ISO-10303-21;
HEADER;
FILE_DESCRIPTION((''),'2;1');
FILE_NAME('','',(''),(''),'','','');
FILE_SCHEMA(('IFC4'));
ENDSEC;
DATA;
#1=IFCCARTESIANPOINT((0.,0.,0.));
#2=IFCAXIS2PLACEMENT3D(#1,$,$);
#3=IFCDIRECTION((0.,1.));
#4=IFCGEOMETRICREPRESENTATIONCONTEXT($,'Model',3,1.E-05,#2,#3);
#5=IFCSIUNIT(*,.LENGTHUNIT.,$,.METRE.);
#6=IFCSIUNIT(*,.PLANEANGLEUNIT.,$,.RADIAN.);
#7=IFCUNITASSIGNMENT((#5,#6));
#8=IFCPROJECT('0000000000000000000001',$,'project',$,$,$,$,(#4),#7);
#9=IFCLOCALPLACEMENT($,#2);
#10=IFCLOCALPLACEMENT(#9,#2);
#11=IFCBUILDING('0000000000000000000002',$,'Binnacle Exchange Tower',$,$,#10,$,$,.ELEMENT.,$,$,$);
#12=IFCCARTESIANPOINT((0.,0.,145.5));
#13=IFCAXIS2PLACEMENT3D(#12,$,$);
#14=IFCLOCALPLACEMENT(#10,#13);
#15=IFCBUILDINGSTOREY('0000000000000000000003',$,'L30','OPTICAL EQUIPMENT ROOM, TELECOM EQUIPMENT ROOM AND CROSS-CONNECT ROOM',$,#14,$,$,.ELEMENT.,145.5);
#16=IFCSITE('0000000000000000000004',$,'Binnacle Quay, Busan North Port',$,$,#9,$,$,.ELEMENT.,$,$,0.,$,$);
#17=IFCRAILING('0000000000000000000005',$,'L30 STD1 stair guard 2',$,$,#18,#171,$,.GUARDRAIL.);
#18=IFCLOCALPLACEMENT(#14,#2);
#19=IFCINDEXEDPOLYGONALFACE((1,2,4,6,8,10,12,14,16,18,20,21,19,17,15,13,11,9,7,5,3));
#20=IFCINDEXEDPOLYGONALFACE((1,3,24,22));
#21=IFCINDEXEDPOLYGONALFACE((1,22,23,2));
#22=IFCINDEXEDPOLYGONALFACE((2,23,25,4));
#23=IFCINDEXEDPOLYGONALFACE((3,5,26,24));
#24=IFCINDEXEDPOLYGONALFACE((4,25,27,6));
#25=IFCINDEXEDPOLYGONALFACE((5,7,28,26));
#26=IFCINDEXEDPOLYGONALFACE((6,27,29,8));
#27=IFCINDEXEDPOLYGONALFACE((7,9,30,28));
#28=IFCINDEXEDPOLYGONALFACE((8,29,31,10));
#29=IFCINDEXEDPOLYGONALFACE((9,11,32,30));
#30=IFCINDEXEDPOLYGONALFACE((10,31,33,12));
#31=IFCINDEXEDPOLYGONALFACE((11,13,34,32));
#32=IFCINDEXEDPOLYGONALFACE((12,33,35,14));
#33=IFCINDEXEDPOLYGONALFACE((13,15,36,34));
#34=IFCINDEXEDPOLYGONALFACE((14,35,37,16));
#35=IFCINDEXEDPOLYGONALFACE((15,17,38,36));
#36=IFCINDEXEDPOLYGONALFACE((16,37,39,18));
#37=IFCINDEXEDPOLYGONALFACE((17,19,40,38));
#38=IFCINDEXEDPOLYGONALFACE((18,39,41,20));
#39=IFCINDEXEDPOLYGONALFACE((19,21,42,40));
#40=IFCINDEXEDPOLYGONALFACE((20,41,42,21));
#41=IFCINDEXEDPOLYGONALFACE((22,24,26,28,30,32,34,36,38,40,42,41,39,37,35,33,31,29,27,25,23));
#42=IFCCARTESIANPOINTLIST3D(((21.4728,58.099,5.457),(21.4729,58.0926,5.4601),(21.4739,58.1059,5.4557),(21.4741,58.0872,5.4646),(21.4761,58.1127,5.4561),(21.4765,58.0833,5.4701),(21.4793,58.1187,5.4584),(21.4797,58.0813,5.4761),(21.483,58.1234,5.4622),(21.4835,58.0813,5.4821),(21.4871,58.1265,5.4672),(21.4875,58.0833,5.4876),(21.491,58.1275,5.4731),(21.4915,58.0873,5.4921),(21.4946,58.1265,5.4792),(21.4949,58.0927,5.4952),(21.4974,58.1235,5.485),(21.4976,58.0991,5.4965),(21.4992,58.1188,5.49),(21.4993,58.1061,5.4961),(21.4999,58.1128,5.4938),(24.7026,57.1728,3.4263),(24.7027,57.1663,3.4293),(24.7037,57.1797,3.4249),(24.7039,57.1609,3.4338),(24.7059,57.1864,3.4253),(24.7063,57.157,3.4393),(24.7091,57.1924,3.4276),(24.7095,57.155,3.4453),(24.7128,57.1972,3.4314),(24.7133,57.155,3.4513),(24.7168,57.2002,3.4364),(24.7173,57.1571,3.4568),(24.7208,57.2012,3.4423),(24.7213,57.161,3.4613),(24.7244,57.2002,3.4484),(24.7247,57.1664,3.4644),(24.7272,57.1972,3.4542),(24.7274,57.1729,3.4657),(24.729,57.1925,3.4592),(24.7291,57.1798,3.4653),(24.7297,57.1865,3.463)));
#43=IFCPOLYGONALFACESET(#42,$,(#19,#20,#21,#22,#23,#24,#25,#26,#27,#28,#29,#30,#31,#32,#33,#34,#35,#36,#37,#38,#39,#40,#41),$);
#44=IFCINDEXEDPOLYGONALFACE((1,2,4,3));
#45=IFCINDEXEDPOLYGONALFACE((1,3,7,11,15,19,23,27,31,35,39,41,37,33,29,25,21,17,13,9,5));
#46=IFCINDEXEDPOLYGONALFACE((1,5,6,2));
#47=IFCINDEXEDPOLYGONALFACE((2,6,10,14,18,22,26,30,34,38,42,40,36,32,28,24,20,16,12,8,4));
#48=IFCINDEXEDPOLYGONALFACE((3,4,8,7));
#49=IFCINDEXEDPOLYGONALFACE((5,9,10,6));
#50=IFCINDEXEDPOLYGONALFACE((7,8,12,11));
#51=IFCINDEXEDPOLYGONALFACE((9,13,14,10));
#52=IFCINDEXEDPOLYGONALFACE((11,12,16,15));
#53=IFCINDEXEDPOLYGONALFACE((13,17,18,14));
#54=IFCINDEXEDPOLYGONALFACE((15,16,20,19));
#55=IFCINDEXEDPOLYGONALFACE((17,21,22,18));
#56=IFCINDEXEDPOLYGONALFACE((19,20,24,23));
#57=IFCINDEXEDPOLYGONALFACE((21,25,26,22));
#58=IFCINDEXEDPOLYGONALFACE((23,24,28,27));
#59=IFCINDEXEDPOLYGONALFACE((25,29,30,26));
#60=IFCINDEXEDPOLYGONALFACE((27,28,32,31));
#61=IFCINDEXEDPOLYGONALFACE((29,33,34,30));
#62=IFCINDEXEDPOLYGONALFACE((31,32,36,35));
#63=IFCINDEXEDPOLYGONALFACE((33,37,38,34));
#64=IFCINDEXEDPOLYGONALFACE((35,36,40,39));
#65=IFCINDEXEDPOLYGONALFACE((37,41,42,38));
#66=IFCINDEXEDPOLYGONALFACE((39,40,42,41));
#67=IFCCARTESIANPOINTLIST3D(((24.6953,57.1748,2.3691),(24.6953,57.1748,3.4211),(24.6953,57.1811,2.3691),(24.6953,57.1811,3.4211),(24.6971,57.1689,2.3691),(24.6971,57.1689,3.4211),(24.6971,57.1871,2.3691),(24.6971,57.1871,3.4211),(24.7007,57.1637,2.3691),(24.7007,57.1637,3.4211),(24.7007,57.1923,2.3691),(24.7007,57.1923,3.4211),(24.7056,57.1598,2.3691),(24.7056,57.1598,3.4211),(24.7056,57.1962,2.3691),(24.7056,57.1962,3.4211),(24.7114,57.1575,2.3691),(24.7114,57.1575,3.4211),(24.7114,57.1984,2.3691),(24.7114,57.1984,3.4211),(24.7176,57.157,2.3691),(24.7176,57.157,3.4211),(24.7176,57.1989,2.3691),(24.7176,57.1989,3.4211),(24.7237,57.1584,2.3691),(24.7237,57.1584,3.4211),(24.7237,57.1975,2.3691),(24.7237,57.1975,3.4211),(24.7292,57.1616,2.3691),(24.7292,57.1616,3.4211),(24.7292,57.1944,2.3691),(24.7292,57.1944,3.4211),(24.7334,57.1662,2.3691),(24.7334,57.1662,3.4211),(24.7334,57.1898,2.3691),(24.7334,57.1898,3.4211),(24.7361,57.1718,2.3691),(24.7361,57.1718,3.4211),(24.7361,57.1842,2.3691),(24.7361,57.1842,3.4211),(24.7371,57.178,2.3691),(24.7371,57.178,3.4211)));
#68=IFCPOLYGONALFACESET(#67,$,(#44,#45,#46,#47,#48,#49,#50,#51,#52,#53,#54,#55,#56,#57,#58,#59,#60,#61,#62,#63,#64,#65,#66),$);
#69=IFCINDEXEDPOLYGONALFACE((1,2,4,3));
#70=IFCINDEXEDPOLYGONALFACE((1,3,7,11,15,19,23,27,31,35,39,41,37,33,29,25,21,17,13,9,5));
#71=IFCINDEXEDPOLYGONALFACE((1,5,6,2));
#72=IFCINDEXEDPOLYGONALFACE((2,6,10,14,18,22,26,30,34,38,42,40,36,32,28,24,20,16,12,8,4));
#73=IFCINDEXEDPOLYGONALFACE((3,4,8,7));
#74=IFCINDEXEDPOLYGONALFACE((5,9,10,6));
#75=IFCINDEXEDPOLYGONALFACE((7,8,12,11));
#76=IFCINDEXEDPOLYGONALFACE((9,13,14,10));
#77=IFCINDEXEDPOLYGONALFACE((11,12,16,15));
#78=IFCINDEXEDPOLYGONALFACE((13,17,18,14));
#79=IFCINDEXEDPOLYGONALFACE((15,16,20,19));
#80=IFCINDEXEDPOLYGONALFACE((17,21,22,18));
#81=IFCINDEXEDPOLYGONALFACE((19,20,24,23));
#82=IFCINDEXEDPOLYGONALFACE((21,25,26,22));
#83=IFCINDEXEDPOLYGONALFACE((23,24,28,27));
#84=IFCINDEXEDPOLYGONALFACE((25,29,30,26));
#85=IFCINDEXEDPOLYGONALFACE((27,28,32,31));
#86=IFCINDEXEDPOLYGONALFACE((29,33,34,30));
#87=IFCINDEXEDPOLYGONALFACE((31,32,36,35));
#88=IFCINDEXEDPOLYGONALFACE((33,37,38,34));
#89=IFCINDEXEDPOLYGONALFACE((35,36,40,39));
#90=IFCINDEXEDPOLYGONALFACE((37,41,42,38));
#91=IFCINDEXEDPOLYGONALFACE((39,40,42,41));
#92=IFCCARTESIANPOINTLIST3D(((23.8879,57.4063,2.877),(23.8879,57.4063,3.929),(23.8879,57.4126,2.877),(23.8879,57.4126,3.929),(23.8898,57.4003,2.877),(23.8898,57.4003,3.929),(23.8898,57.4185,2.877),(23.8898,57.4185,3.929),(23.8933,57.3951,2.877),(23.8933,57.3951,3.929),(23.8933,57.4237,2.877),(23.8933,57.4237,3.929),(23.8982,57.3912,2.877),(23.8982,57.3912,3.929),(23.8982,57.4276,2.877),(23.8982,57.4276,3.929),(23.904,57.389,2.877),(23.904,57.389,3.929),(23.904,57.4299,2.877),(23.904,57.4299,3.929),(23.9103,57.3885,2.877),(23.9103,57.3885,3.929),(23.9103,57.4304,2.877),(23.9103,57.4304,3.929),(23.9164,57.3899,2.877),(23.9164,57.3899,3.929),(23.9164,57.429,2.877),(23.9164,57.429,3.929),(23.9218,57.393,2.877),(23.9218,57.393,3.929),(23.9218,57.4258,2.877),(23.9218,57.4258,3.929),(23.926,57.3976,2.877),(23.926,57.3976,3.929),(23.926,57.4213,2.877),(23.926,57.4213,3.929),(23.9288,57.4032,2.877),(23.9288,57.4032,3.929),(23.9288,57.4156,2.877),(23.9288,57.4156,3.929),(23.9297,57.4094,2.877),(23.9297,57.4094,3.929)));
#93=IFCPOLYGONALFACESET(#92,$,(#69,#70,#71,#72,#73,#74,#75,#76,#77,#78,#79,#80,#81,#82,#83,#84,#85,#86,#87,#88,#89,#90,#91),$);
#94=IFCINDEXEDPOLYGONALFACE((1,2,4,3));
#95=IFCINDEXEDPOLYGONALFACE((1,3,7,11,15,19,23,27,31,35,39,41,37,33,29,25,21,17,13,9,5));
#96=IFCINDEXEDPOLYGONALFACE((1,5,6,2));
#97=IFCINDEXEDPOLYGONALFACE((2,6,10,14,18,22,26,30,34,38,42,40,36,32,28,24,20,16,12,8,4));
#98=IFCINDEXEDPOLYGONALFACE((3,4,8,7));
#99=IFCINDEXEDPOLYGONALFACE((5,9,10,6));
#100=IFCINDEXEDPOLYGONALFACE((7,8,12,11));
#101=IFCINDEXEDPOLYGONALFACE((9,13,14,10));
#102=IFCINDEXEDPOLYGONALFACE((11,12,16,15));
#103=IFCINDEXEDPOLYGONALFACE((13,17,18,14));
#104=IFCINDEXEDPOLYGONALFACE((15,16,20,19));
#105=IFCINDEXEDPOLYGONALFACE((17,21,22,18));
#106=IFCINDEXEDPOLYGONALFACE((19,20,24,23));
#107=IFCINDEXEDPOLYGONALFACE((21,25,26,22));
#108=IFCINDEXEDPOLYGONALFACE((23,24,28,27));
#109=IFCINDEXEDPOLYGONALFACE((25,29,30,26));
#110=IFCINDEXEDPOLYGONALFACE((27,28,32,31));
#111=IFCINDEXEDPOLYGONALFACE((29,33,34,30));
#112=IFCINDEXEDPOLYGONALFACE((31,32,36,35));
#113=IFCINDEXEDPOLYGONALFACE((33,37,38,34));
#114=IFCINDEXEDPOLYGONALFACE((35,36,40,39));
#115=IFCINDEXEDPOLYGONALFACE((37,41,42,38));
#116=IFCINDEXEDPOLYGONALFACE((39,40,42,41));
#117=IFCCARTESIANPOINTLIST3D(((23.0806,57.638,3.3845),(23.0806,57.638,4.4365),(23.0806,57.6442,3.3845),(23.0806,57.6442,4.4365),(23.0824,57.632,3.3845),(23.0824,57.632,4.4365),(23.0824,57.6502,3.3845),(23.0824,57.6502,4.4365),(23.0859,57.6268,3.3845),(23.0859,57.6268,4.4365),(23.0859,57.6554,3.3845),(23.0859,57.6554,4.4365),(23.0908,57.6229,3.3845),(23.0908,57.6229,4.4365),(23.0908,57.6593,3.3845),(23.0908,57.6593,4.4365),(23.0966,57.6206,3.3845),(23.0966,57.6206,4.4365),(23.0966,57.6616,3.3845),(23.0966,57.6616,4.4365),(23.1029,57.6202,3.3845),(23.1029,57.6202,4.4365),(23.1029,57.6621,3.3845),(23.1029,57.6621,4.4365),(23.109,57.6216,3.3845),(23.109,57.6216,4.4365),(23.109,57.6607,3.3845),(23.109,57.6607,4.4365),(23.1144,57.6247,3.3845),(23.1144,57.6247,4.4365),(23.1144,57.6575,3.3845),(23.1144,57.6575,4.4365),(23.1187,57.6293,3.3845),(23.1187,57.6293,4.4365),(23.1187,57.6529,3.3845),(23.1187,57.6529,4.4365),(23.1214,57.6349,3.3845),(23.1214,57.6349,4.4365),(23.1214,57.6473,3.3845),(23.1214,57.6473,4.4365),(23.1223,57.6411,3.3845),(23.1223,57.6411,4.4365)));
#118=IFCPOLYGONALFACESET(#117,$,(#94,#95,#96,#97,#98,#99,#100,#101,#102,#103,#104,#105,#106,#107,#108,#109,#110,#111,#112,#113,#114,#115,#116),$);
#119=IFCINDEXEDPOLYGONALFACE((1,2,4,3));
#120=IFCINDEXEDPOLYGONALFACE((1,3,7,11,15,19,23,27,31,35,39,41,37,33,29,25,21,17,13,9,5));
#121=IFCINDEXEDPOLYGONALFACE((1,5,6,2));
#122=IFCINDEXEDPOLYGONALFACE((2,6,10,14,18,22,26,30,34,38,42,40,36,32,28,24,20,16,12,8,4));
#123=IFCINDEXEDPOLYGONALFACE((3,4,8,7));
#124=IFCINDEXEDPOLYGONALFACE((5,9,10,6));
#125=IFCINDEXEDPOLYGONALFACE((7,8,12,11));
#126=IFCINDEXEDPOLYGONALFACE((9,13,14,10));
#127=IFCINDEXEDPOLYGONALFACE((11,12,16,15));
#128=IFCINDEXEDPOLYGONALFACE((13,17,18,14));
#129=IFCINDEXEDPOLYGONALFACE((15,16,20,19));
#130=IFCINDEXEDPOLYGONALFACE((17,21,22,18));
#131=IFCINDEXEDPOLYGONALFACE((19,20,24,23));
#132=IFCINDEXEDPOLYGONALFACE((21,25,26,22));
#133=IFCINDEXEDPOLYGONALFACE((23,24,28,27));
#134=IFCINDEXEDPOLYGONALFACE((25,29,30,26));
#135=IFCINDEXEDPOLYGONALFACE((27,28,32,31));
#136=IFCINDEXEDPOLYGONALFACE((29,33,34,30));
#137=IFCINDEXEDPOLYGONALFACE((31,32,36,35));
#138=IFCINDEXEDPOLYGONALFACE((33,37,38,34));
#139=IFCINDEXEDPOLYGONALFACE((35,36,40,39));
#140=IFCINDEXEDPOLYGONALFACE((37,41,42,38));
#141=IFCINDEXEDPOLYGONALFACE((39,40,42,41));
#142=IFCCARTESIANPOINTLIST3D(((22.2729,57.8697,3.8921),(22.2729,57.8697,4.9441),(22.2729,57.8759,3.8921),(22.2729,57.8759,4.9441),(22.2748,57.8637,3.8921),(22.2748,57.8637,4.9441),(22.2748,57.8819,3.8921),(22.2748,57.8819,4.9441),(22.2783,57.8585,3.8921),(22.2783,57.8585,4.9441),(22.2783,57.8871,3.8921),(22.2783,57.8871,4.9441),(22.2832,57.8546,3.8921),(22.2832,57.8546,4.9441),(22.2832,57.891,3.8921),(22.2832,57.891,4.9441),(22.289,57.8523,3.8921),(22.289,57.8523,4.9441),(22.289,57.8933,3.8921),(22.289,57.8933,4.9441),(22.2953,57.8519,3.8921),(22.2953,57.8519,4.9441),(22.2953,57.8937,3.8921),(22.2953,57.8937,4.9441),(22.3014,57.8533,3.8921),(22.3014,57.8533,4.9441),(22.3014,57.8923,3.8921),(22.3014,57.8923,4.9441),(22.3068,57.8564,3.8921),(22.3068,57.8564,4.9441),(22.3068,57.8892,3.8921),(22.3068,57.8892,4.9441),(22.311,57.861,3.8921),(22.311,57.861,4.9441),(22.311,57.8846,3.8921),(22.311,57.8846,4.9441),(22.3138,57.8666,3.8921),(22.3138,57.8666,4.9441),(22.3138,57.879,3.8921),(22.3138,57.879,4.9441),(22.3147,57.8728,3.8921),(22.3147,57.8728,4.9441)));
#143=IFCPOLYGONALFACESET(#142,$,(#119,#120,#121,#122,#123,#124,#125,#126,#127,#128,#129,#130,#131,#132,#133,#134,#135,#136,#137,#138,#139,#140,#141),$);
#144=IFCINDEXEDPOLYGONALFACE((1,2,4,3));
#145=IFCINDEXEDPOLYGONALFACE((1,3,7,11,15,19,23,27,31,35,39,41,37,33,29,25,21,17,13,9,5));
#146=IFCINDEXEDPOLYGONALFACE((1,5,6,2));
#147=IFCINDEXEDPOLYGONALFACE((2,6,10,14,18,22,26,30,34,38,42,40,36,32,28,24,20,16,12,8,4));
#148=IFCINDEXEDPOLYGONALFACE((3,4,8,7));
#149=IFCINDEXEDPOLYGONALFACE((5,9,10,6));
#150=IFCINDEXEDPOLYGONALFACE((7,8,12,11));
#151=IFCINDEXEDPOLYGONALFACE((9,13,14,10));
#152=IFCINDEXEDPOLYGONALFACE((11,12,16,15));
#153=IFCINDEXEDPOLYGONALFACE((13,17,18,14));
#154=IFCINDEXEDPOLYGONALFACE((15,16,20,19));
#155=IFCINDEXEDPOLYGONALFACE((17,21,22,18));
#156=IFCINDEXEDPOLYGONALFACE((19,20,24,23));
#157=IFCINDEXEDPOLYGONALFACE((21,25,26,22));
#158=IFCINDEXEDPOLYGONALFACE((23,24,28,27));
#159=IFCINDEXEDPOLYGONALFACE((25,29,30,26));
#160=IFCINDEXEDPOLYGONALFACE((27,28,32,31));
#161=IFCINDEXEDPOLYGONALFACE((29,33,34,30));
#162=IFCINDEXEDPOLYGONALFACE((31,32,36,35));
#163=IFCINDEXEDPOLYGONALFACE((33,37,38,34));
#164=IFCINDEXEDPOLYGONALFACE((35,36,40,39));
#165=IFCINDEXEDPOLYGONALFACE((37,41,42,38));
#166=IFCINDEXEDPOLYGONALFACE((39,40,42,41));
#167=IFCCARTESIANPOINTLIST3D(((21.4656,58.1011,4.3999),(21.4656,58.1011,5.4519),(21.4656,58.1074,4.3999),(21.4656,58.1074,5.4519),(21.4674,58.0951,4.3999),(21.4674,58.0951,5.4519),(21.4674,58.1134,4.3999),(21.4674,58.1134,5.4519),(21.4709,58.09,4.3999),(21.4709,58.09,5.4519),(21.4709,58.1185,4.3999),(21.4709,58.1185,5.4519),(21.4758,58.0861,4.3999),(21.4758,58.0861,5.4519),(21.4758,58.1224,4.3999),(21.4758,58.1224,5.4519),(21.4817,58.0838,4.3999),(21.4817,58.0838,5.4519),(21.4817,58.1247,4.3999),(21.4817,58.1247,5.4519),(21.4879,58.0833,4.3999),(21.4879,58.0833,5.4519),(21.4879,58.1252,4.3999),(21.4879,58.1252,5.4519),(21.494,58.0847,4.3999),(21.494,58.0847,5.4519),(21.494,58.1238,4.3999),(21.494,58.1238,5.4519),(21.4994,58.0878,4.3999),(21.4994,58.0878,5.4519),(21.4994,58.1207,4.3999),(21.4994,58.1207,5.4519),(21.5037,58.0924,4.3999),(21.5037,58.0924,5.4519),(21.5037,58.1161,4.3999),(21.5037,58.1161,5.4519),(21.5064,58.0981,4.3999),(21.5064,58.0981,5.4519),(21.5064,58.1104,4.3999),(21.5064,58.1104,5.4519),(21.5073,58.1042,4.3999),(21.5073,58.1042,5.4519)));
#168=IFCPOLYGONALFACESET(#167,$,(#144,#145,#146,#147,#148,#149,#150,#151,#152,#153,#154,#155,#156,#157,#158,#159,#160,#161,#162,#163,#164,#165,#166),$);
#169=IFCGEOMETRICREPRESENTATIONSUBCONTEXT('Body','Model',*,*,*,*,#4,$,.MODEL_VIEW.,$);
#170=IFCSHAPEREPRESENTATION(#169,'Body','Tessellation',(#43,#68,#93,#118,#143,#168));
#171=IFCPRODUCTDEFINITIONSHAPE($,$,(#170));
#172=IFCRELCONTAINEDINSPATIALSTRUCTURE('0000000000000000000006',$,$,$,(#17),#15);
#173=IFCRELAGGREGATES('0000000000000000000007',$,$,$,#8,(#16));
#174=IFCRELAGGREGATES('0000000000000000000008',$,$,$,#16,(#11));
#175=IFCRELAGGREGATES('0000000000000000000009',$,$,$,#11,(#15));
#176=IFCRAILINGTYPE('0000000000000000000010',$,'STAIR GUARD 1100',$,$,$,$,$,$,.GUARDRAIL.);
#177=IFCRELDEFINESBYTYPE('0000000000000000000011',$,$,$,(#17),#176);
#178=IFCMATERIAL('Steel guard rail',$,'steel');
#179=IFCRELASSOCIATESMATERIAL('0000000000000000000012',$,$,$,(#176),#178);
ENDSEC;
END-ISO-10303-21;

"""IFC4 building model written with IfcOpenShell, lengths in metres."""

from ifc_helpers import new_model, si_unit, direction, frame, origin, origin_2d, place, context, subcontext, project, spatial, circle, extrude, material, type_object, element, save


model = new_model("IFC4")

# Units and contexts
model_context = context("Model", 3, precision=1e-05, world=origin(), true_north=direction((0.0, 1.0)))
body_context = subcontext(model_context, "Body", "Model", "MODEL_VIEW")
ifc_project = project(units=[si_unit("LENGTHUNIT", "METRE"), si_unit("PLANEANGLEUNIT", "RADIAN")], contexts=[model_context])

# Site, building, storey
site_placement = place(None, origin())
site = spatial("IfcSite", under=ifc_project, at=site_placement, Name="Binnacle Quay, Busan North Port", CompositionType="ELEMENT", RefElevation=0.0)
building_placement = place(site_placement, origin())
building = spatial("IfcBuilding", under=site, at=building_placement, Name="Binnacle Exchange Tower", CompositionType="ELEMENT")
storey_placement = place(building_placement, frame((0.0, 0.0, 145.5)))
storey = spatial("IfcBuildingStorey", under=building, at=storey_placement, Name="L30", Description="OPTICAL EQUIPMENT ROOM, TELECOM EQUIPMENT ROOM AND CROSS-CONNECT ROOM", CompositionType="ELEMENT", Elevation=145.5)

# Railing
ifc_material_1 = material(Name="Steel guard rail", Category="steel")
railing_type_1 = type_object("IfcRailingType", Name="STAIR GUARD 1100", PredefinedType="GUARDRAIL", material=ifc_material_1)
railing_1_placement = place(storey_placement, frame((24.7161, 57.178, 2.3691)))
element("IfcRailing", 1, at=railing_1_placement, inside=storey, type_object=railing_type_1, Name="L30 STD1 stair guard 2", PredefinedType="GUARDRAIL", context=body_context, shape_type="SweptSolid", body=[
    extrude(circle(Radius=0.0239, at=origin_2d()), frame((0.0, 0.0, 1.0762), z_axis=(-0.822661, 0.235935, 0.517265), x_axis=(-0.275681, -0.961249, 0.0)), (0.0, 0.0, 1.0), 3.926),
    extrude(circle(Radius=0.021, at=origin_2d()), origin(), (0.0, 0.0, 1.0), 1.052),
    extrude(circle(Radius=0.021, at=origin_2d()), frame((-0.8074, 0.2314, 0.5078)), (0.0, 0.0, 1.0), 1.052),
    extrude(circle(Radius=0.021, at=origin_2d()), frame((-1.6147, 0.4631, 1.0154)), (0.0, 0.0, 1.0), 1.052),
    extrude(circle(Radius=0.021, at=origin_2d()), frame((-2.4224, 0.6948, 1.5229)), (0.0, 0.0, 1.0), 1.052),
    extrude(circle(Radius=0.021, at=origin_2d()), frame((-3.2297, 0.9263, 2.0308)), (0.0, 0.0, 1.0), 1.052),
])

save(model, "model.ifc")
